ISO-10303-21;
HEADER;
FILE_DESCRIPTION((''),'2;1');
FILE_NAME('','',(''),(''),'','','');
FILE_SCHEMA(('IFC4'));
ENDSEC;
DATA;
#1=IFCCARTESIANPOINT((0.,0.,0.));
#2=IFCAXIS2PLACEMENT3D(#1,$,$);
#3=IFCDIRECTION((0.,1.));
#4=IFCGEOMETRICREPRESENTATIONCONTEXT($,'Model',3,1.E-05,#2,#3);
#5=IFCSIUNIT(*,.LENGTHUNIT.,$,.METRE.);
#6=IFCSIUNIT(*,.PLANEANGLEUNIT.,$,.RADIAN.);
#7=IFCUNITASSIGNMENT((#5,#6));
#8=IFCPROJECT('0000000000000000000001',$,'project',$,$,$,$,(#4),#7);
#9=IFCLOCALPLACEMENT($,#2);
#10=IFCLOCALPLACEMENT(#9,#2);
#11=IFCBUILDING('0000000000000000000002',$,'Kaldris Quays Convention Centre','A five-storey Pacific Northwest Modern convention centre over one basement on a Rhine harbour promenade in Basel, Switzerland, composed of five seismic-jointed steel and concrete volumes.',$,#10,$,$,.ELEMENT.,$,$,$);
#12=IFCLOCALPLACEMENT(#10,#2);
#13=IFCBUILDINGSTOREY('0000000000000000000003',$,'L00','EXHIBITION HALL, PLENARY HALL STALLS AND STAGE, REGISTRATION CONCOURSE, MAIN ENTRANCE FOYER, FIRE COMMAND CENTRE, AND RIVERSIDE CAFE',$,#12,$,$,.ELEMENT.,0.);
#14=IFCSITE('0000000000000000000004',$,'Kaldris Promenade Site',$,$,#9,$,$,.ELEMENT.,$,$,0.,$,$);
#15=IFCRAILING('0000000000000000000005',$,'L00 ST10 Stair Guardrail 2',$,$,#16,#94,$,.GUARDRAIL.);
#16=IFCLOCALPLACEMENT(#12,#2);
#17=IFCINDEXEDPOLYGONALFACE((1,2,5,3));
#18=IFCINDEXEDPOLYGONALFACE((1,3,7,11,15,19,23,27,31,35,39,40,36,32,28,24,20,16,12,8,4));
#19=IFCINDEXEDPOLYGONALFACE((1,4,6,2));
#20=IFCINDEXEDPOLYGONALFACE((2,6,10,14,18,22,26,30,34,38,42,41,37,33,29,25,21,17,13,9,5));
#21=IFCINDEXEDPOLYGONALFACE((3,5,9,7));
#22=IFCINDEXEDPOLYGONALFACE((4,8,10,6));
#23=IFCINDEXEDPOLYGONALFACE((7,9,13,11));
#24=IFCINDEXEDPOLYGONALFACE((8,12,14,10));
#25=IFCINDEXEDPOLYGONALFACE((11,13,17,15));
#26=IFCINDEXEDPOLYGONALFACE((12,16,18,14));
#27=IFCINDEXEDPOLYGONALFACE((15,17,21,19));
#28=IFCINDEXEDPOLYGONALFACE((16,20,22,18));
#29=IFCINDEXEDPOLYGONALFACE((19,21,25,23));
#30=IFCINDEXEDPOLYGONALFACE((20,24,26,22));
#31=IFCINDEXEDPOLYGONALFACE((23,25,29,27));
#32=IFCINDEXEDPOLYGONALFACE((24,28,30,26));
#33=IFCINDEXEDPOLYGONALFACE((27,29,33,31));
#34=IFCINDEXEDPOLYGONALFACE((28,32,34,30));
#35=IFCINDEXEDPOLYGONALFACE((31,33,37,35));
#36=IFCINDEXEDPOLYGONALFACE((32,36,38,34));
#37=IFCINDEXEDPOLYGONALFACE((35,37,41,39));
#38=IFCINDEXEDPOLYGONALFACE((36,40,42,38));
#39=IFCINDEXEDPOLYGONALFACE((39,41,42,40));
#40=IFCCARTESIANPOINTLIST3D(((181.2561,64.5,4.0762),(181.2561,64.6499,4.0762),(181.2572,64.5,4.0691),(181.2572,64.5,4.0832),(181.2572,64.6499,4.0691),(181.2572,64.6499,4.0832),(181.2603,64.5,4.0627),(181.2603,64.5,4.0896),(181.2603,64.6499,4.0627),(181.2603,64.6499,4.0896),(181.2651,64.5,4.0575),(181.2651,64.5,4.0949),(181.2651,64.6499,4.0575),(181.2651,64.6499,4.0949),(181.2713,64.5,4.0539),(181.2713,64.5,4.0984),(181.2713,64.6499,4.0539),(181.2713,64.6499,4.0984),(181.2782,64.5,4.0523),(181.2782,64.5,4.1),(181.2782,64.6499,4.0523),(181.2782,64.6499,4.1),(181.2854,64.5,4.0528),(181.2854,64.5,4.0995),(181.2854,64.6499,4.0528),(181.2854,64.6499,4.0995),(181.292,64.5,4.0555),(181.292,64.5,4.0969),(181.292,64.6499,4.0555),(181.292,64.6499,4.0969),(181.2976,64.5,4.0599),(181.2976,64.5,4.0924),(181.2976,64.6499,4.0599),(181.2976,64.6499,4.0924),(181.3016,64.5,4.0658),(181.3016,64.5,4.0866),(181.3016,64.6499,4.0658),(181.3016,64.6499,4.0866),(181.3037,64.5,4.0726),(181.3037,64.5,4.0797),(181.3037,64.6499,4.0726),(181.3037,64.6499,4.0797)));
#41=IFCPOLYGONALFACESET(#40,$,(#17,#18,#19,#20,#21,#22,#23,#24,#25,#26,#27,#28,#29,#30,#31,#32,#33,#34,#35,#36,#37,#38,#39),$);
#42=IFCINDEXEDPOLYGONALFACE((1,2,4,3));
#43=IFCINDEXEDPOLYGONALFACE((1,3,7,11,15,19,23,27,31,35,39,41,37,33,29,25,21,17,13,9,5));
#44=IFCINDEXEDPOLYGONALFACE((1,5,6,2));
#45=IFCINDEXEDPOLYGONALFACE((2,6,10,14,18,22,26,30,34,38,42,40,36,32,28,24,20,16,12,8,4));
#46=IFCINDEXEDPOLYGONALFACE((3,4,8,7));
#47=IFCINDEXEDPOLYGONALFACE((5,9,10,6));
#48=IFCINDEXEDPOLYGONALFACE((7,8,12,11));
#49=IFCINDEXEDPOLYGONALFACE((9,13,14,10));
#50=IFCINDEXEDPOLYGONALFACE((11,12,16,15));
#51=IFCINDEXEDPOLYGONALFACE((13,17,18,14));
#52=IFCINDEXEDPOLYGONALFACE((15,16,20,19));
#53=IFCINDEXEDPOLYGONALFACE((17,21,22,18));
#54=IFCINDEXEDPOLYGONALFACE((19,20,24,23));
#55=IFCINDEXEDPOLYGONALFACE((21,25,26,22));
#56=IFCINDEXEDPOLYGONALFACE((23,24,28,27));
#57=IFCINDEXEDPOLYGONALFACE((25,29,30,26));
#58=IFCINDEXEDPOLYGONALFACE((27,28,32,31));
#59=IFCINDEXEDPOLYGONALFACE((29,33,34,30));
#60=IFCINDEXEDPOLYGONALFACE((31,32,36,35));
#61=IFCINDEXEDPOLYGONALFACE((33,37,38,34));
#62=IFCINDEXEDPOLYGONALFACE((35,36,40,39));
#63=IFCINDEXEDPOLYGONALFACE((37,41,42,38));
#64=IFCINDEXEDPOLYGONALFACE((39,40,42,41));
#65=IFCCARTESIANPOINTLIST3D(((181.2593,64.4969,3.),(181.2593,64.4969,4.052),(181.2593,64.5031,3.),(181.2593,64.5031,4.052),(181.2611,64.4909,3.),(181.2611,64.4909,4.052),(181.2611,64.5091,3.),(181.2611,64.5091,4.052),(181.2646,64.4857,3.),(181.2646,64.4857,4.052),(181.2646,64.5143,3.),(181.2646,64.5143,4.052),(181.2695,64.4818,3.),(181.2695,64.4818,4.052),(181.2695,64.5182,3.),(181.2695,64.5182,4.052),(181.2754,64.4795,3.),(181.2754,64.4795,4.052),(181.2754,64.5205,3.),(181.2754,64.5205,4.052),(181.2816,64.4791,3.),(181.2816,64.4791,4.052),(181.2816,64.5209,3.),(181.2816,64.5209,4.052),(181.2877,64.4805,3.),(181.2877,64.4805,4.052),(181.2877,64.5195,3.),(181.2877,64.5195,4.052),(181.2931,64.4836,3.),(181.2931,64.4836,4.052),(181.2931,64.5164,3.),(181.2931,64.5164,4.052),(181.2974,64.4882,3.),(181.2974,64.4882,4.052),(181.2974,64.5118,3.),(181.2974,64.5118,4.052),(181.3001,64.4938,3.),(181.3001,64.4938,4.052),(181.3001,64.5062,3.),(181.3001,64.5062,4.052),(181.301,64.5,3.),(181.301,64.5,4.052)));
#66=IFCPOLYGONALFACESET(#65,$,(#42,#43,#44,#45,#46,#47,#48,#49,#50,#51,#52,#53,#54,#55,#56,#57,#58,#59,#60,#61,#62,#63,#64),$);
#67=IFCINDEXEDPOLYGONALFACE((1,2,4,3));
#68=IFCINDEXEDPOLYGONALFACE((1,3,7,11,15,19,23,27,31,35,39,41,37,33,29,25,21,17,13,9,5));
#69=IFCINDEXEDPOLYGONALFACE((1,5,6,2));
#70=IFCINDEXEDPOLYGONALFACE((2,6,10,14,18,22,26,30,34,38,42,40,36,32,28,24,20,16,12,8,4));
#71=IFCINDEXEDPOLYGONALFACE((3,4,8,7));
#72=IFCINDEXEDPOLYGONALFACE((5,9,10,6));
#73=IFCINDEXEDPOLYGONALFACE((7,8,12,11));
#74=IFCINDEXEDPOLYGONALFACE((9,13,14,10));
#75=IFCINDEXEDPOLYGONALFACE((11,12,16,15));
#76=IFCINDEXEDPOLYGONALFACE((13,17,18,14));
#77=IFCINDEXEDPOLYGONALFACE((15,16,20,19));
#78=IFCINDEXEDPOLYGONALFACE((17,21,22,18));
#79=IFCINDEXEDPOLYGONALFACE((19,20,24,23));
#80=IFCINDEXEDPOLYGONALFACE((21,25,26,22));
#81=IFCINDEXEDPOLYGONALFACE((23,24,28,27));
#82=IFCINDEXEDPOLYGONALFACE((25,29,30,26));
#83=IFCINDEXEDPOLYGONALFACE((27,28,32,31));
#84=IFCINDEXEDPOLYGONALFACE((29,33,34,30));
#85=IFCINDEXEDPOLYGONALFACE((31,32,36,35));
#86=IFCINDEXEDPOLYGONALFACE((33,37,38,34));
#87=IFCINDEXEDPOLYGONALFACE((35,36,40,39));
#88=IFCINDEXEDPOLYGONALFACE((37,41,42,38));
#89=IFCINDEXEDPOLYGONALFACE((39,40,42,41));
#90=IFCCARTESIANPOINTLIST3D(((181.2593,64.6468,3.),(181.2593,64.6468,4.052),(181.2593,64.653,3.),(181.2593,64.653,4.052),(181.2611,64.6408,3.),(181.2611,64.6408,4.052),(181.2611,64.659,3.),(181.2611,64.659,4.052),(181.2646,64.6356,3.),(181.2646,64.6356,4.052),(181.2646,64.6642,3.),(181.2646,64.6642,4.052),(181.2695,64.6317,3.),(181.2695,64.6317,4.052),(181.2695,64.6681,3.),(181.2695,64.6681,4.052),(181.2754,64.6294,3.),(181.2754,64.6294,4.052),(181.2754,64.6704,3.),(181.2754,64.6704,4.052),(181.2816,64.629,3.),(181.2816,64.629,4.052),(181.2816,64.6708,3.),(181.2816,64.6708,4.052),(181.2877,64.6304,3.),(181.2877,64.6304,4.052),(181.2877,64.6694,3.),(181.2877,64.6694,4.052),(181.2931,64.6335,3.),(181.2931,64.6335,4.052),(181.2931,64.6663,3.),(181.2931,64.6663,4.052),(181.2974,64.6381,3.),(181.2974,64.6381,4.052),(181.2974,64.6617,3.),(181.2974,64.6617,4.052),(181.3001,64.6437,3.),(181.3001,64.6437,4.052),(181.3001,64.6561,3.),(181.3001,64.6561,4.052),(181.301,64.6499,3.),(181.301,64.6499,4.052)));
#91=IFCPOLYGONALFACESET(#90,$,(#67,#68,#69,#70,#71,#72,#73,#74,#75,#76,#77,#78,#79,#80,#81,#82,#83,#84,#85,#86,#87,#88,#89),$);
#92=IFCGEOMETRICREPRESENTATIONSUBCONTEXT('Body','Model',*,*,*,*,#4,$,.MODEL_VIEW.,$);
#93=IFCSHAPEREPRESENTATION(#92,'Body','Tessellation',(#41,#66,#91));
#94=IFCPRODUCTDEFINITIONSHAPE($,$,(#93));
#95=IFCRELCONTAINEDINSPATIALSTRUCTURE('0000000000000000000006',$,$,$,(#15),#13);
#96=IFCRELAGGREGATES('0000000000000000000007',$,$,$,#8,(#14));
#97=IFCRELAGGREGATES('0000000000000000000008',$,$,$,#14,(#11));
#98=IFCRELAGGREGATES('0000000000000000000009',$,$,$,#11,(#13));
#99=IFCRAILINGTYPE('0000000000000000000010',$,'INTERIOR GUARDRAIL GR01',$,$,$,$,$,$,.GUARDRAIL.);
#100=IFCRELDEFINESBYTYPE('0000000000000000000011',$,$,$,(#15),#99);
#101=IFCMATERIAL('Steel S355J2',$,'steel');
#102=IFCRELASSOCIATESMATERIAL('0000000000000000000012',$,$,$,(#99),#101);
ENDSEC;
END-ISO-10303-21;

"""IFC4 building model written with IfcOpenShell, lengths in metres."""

from ifc_helpers import new_model, si_unit, direction, frame, origin, origin_2d, place, context, subcontext, project, spatial, circle, extrude, material, type_object, element, save


model = new_model("IFC4")

# Units and contexts
model_context = context("Model", 3, precision=1e-05, world=origin(), true_north=direction((0.0, 1.0)))
body_context = subcontext(model_context, "Body", "Model", "MODEL_VIEW")
ifc_project = project(units=[si_unit("LENGTHUNIT", "METRE"), si_unit("PLANEANGLEUNIT", "RADIAN")], contexts=[model_context])

# Site, building, storey
site_placement = place(None, origin())
site = spatial("IfcSite", under=ifc_project, at=site_placement, Name="Kaldris Promenade Site", CompositionType="ELEMENT", RefElevation=0.0)
building_placement = place(site_placement, origin())
building = spatial("IfcBuilding", under=site, at=building_placement, Name="Kaldris Quays Convention Centre", Description="A five-storey Pacific Northwest Modern convention centre over one basement on a Rhine harbour promenade in Basel, Switzerland, composed of five seismic-jointed steel and concrete volumes.", CompositionType="ELEMENT")
storey_placement = place(building_placement, origin())
storey = spatial("IfcBuildingStorey", under=building, at=storey_placement, Name="L00", Description="EXHIBITION HALL, PLENARY HALL STALLS AND STAGE, REGISTRATION CONCOURSE, MAIN ENTRANCE FOYER, FIRE COMMAND CENTRE, AND RIVERSIDE CAFE", CompositionType="ELEMENT", Elevation=0.0)

# Shared definitions
ifc_material_1 = material(Name="Steel S355J2", Category="steel")

# Railing
railing_type_1 = type_object("IfcRailingType", Name="INTERIOR GUARDRAIL GR01", PredefinedType="GUARDRAIL", material=ifc_material_1)
railing_1_placement = place(storey_placement, frame((181.28, 64.5, 3.0)))
element("IfcRailing", 1, at=railing_1_placement, inside=storey, type_object=railing_type_1, Name="L00 ST10 Stair Guardrail 2", PredefinedType="GUARDRAIL", context=body_context, shape_type="SweptSolid", body=[
    extrude(circle(Radius=0.0239, at=origin_2d()), frame((0.0, 0.0, 1.0762), z_axis=(0.0, 1.0, 0.0), x_axis=(-1.0, 0.0, 0.0)), (0.0, 0.0, 1.0), 0.1499),
    extrude(circle(Radius=0.021, at=origin_2d()), origin(), (0.0, 0.0, 1.0), 1.052),
    extrude(circle(Radius=0.021, at=origin_2d()), frame((0.0, 0.1499, 0.0)), (0.0, 0.0, 1.0), 1.052),
])

save(model, "model.ifc")
